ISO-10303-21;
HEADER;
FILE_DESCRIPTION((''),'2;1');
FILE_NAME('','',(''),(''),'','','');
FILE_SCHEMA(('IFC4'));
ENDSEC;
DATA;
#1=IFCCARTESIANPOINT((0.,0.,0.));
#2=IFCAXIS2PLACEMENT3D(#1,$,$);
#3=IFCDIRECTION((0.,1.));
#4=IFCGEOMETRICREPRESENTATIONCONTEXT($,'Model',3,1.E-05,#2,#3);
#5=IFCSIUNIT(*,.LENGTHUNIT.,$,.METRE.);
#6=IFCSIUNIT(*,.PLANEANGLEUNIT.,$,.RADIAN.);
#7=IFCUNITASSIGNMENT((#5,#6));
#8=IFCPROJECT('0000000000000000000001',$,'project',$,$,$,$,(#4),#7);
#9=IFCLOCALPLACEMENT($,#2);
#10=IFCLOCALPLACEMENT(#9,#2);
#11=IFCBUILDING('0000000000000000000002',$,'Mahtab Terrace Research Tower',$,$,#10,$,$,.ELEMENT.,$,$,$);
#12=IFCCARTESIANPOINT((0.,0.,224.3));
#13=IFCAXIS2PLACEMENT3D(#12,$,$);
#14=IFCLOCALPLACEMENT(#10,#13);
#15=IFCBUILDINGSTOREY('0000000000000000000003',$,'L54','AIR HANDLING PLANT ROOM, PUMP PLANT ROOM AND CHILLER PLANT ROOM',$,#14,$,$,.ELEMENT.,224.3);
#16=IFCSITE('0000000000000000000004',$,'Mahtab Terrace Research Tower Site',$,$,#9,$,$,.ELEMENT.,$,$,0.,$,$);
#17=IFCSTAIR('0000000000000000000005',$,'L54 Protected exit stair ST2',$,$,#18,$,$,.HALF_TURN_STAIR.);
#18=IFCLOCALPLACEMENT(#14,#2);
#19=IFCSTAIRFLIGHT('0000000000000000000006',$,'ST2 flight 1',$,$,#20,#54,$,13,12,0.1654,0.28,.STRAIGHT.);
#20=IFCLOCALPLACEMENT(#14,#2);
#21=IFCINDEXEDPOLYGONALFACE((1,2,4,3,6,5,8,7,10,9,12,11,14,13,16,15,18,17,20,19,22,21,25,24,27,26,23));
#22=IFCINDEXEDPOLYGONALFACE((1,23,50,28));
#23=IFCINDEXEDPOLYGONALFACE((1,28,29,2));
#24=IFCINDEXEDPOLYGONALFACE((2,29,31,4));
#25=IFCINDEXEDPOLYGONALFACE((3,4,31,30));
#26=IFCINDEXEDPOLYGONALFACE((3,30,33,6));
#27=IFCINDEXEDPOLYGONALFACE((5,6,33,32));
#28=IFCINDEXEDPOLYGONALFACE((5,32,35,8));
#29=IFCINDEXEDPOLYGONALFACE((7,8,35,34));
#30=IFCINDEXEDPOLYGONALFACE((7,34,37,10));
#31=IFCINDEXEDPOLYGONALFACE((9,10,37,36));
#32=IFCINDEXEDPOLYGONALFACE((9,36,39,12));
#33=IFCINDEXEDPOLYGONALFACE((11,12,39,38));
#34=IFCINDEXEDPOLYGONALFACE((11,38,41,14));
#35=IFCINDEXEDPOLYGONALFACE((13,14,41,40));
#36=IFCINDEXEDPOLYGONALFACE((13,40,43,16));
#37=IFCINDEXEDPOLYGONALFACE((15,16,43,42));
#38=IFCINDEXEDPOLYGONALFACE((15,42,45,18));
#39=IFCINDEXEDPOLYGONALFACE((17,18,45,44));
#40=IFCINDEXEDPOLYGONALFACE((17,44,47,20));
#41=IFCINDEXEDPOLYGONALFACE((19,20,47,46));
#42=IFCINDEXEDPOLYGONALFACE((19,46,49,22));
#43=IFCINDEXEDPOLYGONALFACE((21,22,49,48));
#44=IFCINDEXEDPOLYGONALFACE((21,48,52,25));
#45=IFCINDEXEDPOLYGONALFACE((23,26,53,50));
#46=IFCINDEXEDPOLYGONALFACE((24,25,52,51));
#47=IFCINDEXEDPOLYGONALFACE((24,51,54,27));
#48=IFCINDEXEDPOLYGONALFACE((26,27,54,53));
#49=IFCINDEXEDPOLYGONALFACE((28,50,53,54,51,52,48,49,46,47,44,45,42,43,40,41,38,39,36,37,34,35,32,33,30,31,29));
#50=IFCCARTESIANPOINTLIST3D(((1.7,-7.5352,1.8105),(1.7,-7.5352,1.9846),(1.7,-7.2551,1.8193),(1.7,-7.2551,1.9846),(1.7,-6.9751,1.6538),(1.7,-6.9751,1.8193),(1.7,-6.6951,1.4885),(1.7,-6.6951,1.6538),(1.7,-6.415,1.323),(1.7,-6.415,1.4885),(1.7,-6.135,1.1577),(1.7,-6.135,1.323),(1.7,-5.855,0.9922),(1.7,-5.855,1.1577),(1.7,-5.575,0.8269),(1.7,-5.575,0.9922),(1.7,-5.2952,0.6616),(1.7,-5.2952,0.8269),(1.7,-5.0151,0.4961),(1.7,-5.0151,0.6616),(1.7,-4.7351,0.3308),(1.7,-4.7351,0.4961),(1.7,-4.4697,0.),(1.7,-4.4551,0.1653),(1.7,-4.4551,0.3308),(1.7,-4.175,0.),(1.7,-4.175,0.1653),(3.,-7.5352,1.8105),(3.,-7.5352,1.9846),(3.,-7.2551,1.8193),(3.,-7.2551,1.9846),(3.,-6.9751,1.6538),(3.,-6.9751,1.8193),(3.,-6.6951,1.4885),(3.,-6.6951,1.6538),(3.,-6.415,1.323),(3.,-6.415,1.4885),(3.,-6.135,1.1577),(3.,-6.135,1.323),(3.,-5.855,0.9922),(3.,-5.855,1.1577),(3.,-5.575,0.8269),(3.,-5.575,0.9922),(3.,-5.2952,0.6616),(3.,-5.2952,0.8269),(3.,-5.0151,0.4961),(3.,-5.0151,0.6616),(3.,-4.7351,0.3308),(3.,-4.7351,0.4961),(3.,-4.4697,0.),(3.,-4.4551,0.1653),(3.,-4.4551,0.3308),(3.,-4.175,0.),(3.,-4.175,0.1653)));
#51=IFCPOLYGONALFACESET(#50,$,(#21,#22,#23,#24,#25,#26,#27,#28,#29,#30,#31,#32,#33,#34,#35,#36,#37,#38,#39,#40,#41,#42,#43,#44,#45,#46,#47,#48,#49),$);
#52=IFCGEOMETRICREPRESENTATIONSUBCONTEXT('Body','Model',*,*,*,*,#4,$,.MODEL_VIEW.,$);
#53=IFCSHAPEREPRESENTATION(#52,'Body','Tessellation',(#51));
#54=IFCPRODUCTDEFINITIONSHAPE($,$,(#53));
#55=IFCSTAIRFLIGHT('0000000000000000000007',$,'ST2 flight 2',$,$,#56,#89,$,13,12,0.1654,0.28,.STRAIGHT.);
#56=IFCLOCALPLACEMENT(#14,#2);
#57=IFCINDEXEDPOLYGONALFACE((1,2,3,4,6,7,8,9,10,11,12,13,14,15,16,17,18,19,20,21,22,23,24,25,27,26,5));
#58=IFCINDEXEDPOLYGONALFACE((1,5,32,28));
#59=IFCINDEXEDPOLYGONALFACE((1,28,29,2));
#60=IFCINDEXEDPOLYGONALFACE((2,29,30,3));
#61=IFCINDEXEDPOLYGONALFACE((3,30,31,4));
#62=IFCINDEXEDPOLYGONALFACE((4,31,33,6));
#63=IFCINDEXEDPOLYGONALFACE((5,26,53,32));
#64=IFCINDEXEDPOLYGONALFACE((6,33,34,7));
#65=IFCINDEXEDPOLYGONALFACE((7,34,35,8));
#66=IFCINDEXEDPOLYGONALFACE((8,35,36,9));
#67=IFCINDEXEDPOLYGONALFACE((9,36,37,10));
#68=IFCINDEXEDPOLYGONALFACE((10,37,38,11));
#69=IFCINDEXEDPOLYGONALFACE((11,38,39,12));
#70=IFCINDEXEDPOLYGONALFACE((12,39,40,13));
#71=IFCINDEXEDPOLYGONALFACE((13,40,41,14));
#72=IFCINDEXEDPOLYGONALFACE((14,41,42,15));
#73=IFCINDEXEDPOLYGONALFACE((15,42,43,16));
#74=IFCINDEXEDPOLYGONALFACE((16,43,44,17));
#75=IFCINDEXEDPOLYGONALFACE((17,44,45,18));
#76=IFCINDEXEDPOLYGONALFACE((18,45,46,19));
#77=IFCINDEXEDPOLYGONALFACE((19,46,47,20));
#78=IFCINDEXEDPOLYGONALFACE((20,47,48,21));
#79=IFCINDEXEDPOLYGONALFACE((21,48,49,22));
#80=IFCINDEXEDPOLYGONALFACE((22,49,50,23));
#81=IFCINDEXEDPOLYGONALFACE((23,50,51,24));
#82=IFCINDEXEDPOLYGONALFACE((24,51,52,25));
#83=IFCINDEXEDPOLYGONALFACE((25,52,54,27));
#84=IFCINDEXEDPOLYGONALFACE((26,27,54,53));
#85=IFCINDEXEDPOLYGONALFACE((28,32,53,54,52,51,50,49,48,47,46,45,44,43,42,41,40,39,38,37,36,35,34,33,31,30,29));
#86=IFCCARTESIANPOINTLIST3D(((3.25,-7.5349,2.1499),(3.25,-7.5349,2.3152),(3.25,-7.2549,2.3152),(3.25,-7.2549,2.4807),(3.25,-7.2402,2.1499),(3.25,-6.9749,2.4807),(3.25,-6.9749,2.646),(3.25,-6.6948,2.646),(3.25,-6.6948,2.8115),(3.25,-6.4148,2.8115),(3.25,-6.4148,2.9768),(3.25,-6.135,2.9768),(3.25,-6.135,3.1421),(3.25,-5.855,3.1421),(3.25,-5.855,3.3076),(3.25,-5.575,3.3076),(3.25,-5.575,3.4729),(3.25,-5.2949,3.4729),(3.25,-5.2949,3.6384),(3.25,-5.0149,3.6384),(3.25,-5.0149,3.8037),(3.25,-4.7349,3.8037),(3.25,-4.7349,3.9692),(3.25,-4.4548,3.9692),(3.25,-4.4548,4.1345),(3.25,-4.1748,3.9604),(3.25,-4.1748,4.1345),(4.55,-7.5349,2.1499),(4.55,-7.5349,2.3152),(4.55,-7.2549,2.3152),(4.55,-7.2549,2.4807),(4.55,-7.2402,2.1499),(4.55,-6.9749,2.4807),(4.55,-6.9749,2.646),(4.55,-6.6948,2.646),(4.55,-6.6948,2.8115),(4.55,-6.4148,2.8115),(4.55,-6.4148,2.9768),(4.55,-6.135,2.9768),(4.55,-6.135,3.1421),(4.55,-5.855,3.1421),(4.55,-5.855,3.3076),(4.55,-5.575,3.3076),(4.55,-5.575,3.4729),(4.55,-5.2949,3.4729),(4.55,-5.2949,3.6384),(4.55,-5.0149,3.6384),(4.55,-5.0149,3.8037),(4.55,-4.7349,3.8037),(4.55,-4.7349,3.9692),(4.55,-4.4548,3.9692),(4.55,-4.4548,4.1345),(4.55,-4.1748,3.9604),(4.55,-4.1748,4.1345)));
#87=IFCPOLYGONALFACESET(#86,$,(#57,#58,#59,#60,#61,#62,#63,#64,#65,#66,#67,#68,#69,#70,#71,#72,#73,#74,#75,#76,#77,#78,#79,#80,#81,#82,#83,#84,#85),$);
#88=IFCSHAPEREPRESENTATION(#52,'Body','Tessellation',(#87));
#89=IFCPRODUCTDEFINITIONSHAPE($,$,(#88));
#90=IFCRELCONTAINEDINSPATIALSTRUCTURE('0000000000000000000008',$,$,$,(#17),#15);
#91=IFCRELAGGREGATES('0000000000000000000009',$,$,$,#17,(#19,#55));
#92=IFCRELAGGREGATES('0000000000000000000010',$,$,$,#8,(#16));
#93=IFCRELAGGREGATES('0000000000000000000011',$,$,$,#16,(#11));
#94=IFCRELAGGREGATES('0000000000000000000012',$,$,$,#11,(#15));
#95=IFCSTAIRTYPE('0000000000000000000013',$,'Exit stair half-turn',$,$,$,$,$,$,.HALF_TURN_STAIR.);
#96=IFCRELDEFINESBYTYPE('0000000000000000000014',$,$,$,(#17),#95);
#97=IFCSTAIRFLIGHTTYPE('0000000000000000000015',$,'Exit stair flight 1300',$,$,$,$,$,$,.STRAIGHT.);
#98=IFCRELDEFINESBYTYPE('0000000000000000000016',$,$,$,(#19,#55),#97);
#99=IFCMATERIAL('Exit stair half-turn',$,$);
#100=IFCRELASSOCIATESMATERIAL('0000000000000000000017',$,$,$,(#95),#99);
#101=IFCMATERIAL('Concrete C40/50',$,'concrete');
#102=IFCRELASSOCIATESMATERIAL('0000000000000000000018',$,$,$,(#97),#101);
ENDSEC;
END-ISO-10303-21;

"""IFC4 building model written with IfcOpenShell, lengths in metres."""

from ifc_helpers import new_model, si_unit, direction, frame, origin, place, context, subcontext, project, spatial, polyline, outline, extrude, material, type_object, element, aggregate, save


model = new_model("IFC4")

# Units and contexts
model_context = context("Model", 3, precision=1e-05, world=origin(), true_north=direction((0.0, 1.0)))
body_context = subcontext(model_context, "Body", "Model", "MODEL_VIEW")
ifc_project = project(units=[si_unit("LENGTHUNIT", "METRE"), si_unit("PLANEANGLEUNIT", "RADIAN")], contexts=[model_context])

# Site, building, storey
site_placement = place(None, origin())
site = spatial("IfcSite", under=ifc_project, at=site_placement, Name="Mahtab Terrace Research Tower Site", CompositionType="ELEMENT", RefElevation=0.0)
building_placement = place(site_placement, origin())
building = spatial("IfcBuilding", under=site, at=building_placement, Name="Mahtab Terrace Research Tower", CompositionType="ELEMENT")
storey_placement = place(building_placement, frame((0.0, 0.0, 224.3)))
storey = spatial("IfcBuildingStorey", under=building, at=storey_placement, Name="L54", Description="AIR HANDLING PLANT ROOM, PUMP PLANT ROOM AND CHILLER PLANT ROOM", CompositionType="ELEMENT", Elevation=224.3)

# Shared definitions
ifc_material_1 = material(Name="Concrete C40/50", Category="concrete")

# Stair, stair flights
ifc_material_2 = material(Name="Exit stair half-turn")
stair_type = type_object("IfcStairType", Name="Exit stair half-turn", PredefinedType="HALF_TURN_STAIR", material=ifc_material_2)
stair_placement = place(storey_placement, origin())
stair = element("IfcStair", 1, at=stair_placement, inside=storey, type_object=stair_type, Name="L54 Protected exit stair ST2", PredefinedType="HALF_TURN_STAIR")
stair_flight_type = type_object("IfcStairFlightType", Name="Exit stair flight 1300", PredefinedType="STRAIGHT", material=ifc_material_1)
stair_flight_1_placement = place(storey_placement, frame((2.3501, -4.175, 0.0), z_axis=(0.0, 0.0, 1.0), x_axis=(0.0, -1.0, 0.0)))
stair_flight_1 = element("IfcStairFlight", 2, at=stair_flight_1_placement, type_object=stair_flight_type, Name="ST2 flight 1", NumberOfRisers=13, NumberOfTreads=12, PredefinedType="STRAIGHT", RiserHeight=0.1654, TreadLength=0.28, context=body_context, shape_type="SweptSolid", body=[
    extrude(outline(polyline([(0.0, 0.0), (0.0, 0.1653), (0.28, 0.1653), (0.28, 0.3308), (0.5601, 0.3308), (0.5601, 0.4961), (0.8401, 0.4961), (0.8401, 0.6616), (1.1201, 0.6616), (1.1201, 0.8269), (1.3999, 0.8269), (1.3999, 0.9922), (1.6799, 0.9922), (1.6799, 1.1577), (1.96, 1.1577), (1.96, 1.323), (2.24, 1.323), (2.24, 1.4885), (2.52, 1.4885), (2.52, 1.6538), (2.8, 1.6538), (2.8, 1.8193), (3.0801, 1.8193), (3.0801, 1.9846), (3.3601, 1.9846), (3.3601, 2.1499), (3.3601, 1.8105), (0.2947, 0.0), (0.0, 0.0)])), frame((0.0, 0.6499, 0.0), z_axis=(0.0, -1.0, 0.0), x_axis=(1.0, 0.0, 0.0)), (0.0, 0.0, 1.0), 1.3),
])
stair_flight_2_placement = place(storey_placement, frame((3.8999, -7.5349, 2.1499), z_axis=(0.0, 0.0, 1.0), x_axis=(0.0, 1.0, 0.0)))
stair_flight_2 = element("IfcStairFlight", 3, at=stair_flight_2_placement, type_object=stair_flight_type, Name="ST2 flight 2", NumberOfRisers=13, NumberOfTreads=12, PredefinedType="STRAIGHT", RiserHeight=0.1654, TreadLength=0.28, context=body_context, shape_type="SweptSolid", body=[
    extrude(outline(polyline([(0.0, 0.0), (0.0, 0.1653), (0.28, 0.1653), (0.28, 0.3308), (0.5601, 0.3308), (0.5601, 0.4961), (0.8401, 0.4961), (0.8401, 0.6616), (1.1201, 0.6616), (1.1201, 0.8269), (1.3999, 0.8269), (1.3999, 0.9922), (1.6799, 0.9922), (1.6799, 1.1577), (1.96, 1.1577), (1.96, 1.323), (2.24, 1.323), (2.24, 1.4885), (2.52, 1.4885), (2.52, 1.6538), (2.8, 1.6538), (2.8, 1.8193), (3.0801, 1.8193), (3.0801, 1.9846), (3.3601, 1.9846), (3.3601, 2.1499), (3.3601, 1.8105), (0.2947, 0.0), (0.0, 0.0)])), frame((0.0, 0.6499, 0.0), z_axis=(0.0, -1.0, 0.0), x_axis=(1.0, 0.0, 0.0)), (0.0, 0.0, 1.0), 1.3),
])
aggregate(stair, [stair_flight_1, stair_flight_2])

save(model, "model.ifc")
